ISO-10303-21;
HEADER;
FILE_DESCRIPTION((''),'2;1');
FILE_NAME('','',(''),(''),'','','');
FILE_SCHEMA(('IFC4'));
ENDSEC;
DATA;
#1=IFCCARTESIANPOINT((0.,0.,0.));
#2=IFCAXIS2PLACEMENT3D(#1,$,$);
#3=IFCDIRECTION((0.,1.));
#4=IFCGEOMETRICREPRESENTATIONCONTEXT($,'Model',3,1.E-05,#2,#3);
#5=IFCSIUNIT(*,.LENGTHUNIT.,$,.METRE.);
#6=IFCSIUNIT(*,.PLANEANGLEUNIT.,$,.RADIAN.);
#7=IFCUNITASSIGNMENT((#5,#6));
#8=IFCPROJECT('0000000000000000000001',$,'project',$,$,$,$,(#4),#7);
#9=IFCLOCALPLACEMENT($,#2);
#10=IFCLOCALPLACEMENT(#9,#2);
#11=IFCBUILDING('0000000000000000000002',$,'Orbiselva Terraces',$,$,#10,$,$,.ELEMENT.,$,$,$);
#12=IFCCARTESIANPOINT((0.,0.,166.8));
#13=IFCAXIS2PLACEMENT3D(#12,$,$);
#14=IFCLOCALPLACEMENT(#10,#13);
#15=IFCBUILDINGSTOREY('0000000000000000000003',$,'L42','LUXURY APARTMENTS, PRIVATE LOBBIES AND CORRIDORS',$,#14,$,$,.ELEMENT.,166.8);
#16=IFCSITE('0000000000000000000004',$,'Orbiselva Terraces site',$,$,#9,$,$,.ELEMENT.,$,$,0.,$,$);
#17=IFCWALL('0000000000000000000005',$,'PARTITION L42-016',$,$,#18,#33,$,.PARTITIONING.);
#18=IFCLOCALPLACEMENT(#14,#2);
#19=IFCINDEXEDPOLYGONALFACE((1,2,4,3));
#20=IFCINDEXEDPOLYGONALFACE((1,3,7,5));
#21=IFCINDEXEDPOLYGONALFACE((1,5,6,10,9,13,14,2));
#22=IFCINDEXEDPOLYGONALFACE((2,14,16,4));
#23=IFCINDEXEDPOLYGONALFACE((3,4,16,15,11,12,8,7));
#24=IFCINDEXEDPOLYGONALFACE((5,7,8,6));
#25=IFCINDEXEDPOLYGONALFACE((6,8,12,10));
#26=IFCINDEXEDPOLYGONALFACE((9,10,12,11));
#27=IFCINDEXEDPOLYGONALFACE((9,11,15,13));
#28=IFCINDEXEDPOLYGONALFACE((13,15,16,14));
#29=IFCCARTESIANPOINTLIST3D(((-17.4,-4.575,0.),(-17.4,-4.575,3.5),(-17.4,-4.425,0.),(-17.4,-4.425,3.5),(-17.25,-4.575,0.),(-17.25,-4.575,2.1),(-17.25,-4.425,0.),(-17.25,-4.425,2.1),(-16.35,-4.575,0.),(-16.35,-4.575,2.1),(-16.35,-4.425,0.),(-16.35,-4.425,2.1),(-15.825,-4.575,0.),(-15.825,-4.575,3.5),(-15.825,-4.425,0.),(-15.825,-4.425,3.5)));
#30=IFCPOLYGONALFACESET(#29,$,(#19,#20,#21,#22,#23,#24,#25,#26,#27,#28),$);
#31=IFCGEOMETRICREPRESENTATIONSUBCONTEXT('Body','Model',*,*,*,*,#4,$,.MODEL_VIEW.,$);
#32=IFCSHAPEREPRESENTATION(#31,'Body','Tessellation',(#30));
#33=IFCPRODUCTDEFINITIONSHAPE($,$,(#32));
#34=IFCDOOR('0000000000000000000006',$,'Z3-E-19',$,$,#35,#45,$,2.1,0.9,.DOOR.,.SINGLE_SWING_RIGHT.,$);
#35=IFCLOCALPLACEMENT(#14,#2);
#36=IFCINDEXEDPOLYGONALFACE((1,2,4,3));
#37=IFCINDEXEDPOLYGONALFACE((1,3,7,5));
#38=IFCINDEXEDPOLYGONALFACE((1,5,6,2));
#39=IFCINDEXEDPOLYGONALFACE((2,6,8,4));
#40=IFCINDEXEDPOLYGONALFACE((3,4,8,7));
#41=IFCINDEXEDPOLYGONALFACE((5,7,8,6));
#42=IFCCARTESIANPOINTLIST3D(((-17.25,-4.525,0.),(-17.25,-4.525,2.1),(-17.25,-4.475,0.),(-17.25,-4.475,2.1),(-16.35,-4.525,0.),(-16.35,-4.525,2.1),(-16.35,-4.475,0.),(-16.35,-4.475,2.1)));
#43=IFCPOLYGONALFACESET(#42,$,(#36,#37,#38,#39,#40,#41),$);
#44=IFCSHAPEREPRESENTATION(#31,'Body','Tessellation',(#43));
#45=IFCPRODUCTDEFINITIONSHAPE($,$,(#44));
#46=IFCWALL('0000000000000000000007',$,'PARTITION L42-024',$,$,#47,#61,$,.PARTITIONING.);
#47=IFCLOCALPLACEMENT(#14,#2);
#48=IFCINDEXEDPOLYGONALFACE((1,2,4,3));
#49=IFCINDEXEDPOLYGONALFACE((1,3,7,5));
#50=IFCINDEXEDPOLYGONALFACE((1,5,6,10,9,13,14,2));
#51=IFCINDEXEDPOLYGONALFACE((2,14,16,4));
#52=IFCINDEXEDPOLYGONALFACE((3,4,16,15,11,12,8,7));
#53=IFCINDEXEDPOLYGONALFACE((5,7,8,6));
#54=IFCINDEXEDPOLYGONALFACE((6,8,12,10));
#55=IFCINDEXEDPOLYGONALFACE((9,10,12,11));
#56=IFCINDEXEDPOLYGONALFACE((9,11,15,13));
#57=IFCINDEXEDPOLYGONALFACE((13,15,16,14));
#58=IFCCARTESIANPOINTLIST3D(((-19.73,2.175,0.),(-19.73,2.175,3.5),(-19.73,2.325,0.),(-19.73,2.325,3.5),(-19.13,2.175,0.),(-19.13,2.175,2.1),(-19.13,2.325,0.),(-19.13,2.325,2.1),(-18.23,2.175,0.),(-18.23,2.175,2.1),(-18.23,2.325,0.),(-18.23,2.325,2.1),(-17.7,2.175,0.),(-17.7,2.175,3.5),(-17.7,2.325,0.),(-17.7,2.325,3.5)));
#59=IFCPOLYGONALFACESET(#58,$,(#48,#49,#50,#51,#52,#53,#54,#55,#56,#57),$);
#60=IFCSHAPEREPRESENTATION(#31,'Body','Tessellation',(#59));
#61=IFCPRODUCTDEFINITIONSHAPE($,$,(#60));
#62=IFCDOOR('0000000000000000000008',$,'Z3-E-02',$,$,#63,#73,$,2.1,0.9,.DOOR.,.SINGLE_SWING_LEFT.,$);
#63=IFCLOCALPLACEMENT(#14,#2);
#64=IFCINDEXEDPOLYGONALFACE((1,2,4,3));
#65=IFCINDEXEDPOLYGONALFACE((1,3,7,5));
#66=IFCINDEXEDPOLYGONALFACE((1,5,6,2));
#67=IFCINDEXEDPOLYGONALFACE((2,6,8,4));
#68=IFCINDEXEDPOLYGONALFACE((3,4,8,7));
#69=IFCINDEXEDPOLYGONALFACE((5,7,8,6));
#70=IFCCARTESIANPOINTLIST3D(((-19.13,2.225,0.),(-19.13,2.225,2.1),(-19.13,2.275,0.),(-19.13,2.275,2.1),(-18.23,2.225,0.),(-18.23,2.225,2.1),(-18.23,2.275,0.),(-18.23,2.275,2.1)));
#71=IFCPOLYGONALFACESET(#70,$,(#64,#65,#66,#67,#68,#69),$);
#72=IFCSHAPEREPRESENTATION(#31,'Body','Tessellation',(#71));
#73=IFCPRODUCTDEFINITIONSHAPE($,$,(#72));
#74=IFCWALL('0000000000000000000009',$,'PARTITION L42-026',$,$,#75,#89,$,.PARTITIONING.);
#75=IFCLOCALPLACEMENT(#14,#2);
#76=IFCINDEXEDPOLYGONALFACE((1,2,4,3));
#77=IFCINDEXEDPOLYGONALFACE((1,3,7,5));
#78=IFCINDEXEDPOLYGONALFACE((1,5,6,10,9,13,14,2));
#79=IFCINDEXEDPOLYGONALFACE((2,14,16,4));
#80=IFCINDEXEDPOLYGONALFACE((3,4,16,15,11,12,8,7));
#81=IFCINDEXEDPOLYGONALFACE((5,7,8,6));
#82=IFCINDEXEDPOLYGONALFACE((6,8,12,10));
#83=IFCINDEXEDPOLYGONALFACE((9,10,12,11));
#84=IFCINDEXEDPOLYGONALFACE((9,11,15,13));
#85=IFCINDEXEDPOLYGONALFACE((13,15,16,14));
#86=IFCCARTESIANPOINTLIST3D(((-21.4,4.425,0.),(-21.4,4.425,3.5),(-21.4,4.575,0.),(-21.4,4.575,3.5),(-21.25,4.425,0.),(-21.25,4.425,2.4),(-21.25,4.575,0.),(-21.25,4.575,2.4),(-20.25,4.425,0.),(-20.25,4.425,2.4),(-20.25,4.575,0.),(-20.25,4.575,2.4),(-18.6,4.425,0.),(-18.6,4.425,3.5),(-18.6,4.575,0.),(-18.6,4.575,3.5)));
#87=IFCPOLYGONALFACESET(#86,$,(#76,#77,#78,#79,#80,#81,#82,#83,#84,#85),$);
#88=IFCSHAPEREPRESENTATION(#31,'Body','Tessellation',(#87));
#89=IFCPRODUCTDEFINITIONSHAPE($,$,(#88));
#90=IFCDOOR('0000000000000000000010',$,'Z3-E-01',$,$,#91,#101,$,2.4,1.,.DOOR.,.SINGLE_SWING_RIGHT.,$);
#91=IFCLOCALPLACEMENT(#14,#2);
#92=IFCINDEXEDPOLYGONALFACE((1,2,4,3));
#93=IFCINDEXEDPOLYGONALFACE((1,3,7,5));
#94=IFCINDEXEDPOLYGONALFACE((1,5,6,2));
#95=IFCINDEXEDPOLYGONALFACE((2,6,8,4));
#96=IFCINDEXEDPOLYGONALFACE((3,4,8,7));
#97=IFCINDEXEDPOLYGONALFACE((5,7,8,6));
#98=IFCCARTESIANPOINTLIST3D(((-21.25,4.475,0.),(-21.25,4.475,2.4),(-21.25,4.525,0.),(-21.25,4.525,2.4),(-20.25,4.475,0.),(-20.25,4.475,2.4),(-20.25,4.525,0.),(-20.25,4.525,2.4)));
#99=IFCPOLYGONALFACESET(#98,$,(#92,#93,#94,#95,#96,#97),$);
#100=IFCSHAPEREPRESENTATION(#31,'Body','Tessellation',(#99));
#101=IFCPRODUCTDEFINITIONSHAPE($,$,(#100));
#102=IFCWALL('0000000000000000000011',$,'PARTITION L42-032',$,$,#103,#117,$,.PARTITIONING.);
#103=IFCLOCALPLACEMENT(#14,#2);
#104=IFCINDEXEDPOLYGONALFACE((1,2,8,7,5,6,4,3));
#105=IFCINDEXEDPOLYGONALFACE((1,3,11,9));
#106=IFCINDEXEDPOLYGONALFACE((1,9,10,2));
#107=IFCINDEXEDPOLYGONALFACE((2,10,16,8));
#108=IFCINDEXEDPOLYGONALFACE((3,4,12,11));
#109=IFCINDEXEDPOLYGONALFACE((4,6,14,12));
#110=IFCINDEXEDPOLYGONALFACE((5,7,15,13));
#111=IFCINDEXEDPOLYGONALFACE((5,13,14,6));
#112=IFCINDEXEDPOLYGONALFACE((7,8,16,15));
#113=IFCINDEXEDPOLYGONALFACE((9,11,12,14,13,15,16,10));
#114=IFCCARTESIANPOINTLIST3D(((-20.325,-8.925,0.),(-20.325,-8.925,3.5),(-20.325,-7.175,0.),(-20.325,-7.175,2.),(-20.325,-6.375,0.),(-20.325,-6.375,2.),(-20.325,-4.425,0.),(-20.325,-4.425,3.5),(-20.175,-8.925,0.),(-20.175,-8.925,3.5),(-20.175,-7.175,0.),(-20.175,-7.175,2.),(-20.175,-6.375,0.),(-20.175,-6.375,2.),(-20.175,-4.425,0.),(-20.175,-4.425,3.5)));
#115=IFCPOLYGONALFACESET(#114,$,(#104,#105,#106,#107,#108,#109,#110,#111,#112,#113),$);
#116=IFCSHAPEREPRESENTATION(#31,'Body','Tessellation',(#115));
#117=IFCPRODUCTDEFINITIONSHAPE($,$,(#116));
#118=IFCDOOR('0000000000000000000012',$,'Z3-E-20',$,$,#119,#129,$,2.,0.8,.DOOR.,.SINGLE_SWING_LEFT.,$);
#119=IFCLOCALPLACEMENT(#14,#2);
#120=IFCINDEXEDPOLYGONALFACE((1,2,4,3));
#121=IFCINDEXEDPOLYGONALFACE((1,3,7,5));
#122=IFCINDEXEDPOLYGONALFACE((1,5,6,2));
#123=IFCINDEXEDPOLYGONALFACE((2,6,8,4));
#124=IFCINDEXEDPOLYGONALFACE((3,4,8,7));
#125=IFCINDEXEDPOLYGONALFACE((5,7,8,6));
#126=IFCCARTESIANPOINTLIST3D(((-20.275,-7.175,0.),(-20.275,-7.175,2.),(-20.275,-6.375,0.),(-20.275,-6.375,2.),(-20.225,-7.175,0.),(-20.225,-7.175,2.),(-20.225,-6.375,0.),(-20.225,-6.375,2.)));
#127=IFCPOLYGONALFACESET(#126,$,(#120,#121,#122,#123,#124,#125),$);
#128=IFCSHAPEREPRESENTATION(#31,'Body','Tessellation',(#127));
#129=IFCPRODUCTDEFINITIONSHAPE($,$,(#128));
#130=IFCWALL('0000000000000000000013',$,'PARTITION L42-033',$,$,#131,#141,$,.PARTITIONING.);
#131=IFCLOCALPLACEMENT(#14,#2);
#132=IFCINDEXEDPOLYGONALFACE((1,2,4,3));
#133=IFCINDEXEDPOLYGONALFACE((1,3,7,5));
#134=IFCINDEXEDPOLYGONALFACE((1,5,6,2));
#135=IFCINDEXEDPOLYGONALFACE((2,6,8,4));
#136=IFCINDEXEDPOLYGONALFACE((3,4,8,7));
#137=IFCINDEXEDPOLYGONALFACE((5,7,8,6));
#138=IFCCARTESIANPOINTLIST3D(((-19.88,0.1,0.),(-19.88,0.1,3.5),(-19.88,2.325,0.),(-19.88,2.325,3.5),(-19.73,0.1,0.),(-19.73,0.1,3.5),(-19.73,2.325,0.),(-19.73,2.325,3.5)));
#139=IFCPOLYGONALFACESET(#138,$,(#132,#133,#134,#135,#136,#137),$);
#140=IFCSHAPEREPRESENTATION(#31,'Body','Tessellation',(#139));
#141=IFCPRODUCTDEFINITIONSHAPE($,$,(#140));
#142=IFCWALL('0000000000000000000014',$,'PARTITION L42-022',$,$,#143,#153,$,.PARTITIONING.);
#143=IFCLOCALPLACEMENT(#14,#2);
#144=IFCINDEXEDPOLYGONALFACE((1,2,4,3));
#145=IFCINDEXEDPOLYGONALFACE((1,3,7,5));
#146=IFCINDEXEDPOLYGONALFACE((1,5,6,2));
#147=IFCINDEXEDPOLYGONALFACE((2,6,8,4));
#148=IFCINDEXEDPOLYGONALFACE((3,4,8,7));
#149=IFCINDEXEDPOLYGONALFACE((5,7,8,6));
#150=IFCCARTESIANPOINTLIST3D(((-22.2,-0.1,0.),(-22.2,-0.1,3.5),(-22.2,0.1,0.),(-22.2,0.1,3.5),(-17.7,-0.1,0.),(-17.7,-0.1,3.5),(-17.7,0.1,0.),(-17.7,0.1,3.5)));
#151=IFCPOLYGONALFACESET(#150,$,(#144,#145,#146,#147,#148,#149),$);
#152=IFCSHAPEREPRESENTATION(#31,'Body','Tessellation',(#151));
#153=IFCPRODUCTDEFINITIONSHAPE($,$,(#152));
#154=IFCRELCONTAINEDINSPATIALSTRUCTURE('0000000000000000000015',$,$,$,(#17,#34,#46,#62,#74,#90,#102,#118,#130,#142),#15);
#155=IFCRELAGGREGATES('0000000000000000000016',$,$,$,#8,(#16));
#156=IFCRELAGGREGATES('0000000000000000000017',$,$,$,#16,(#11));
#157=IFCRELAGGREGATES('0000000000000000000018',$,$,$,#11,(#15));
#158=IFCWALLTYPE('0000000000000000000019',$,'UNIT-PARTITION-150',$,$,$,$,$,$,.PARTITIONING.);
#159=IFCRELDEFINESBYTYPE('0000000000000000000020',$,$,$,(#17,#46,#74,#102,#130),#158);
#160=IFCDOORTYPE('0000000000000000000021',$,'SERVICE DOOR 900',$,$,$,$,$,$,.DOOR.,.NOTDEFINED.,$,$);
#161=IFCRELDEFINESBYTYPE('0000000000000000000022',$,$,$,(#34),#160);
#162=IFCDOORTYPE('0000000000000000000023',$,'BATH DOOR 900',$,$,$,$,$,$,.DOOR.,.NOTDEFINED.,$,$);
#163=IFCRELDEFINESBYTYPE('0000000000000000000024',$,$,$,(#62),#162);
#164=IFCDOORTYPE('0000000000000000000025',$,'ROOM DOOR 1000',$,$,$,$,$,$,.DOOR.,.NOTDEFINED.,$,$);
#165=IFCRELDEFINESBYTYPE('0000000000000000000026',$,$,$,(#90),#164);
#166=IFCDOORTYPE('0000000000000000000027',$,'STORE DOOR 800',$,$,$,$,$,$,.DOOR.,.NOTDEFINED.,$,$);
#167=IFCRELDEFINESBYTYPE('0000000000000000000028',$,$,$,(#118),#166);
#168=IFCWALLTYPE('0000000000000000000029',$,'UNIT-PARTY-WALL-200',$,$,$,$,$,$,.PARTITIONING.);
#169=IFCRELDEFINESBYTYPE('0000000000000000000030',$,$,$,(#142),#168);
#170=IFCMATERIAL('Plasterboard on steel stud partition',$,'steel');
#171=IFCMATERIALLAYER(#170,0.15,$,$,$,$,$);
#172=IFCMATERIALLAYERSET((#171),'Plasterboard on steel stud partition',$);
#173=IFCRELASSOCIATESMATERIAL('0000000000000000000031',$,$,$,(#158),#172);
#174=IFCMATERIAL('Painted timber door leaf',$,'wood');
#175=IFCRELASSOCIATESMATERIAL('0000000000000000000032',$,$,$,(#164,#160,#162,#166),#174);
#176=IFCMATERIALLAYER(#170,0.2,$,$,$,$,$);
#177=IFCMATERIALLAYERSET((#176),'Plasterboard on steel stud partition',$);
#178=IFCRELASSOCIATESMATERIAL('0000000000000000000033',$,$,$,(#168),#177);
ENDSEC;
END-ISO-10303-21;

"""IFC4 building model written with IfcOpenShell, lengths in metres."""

from ifc_helpers import new_model, si_unit, direction, frame, frame_2d, origin, place, context, subcontext, project, spatial, rectangle, extrude, material, layer, layer_set, type_object, element, fill, save


model = new_model("IFC4")

# Units and contexts
model_context = context("Model", 3, precision=1e-05, world=origin(), true_north=direction((0.0, 1.0)))
body_context = subcontext(model_context, "Body", "Model", "MODEL_VIEW")
ifc_project = project(units=[si_unit("LENGTHUNIT", "METRE"), si_unit("PLANEANGLEUNIT", "RADIAN")], contexts=[model_context])

# Site, building, storey
site_placement = place(None, origin())
site = spatial("IfcSite", under=ifc_project, at=site_placement, Name="Orbiselva Terraces site", CompositionType="ELEMENT", RefElevation=0.0)
building_placement = place(site_placement, origin())
building = spatial("IfcBuilding", under=site, at=building_placement, Name="Orbiselva Terraces", CompositionType="ELEMENT")
storey_placement = place(building_placement, frame((0.0, 0.0, 166.8)))
storey = spatial("IfcBuildingStorey", under=building, at=storey_placement, Name="L42", Description="LUXURY APARTMENTS, PRIVATE LOBBIES AND CORRIDORS", CompositionType="ELEMENT", Elevation=166.8)

# Shared definitions
ifc_material_1 = material(Name="Plasterboard on steel stud partition", Category="steel")

# Shared definitions
ifc_layer_1 = layer(ifc_material_1, 0.15)
ifc_layer_set_1 = layer_set([ifc_layer_1], Name="Plasterboard on steel stud partition")
wall_type_1 = type_object("IfcWallType", Name="UNIT-PARTITION-150", PredefinedType="PARTITIONING", material=ifc_layer_set_1)
ifc_material_2 = material(Name="Painted timber door leaf", Category="wood")
door_type_1 = type_object("IfcDoorType", Name="ROOM DOOR 1000", OperationType="NOTDEFINED", PredefinedType="DOOR", material=ifc_material_2)

# Walls, openings, doors
wall_1_placement = place(storey_placement, frame((-15.825, -4.5, 0.0), z_axis=(0.0, 0.0, 1.0), x_axis=(-1.0, 0.0, 0.0)))
wall_1 = element("IfcWall", 1, at=wall_1_placement, inside=storey, type_object=wall_type_1, Name="PARTITION L42-016", PredefinedType="PARTITIONING", context=body_context, shape_type="SweptSolid", body=[
    extrude(rectangle(XDim=1.575, YDim=0.15, at=frame_2d((0.7875, 0.0))), origin(), (0.0, 0.0, 1.0), 3.5),
])
opening_1_placement = place(wall_1_placement, frame((0.525, 0.0, 0.0)))
opening_1 = element("IfcOpeningElement", 2, at=opening_1_placement, cuts=wall_1, PredefinedType="OPENING", context=body_context, shape_type="SweptSolid", body=[
    extrude(rectangle(XDim=0.9, YDim=2.1, at=frame_2d((0.45, 1.05))), frame((0.0, 0.085, 0.0), z_axis=(0.0, -1.0, 0.0), x_axis=(1.0, 0.0, 0.0)), (0.0, 0.0, 1.0), 0.17),
])
door_type_2 = type_object("IfcDoorType", Name="SERVICE DOOR 900", OperationType="NOTDEFINED", PredefinedType="DOOR", material=ifc_material_2)
door_1_placement = place(opening_1_placement, origin())
door_1 = element("IfcDoor", 3, at=door_1_placement, inside=storey, type_object=door_type_2, Name="Z3-E-19", OperationType="SINGLE_SWING_RIGHT", OverallHeight=2.1, OverallWidth=0.9, PredefinedType="DOOR", context=body_context, shape_type="SweptSolid", body=[
    extrude(rectangle(XDim=0.9, YDim=2.1, at=frame_2d((0.45, 1.05))), frame((0.0, 0.025, 0.0), z_axis=(0.0, -1.0, 0.0), x_axis=(1.0, 0.0, 0.0)), (0.0, 0.0, 1.0), 0.05),
])
fill(opening_1, door_1)
wall_2_placement = place(storey_placement, frame((-17.7, 2.25, 0.0), z_axis=(0.0, 0.0, 1.0), x_axis=(-1.0, 0.0, 0.0)))
wall_2 = element("IfcWall", 4, at=wall_2_placement, inside=storey, type_object=wall_type_1, Name="PARTITION L42-024", PredefinedType="PARTITIONING", context=body_context, shape_type="SweptSolid", body=[
    extrude(rectangle(XDim=2.03, YDim=0.15, at=frame_2d((1.015, 0.0))), origin(), (0.0, 0.0, 1.0), 3.5),
])
opening_2_placement = place(wall_2_placement, frame((0.53, 0.0, 0.0)))
opening_2 = element("IfcOpeningElement", 5, at=opening_2_placement, cuts=wall_2, PredefinedType="OPENING", context=body_context, shape_type="SweptSolid", body=[
    extrude(rectangle(XDim=0.9, YDim=2.1, at=frame_2d((0.45, 1.05))), frame((0.0, 0.085, 0.0), z_axis=(0.0, -1.0, 0.0), x_axis=(1.0, 0.0, 0.0)), (0.0, 0.0, 1.0), 0.17),
])
door_type_3 = type_object("IfcDoorType", Name="BATH DOOR 900", OperationType="NOTDEFINED", PredefinedType="DOOR", material=ifc_material_2)
door_2_placement = place(opening_2_placement, origin())
door_2 = element("IfcDoor", 6, at=door_2_placement, inside=storey, type_object=door_type_3, Name="Z3-E-02", OperationType="SINGLE_SWING_LEFT", OverallHeight=2.1, OverallWidth=0.9, PredefinedType="DOOR", context=body_context, shape_type="SweptSolid", body=[
    extrude(rectangle(XDim=0.9, YDim=2.1, at=frame_2d((0.45, 1.05))), frame((0.0, 0.025, 0.0), z_axis=(0.0, -1.0, 0.0), x_axis=(1.0, 0.0, 0.0)), (0.0, 0.0, 1.0), 0.05),
])
fill(opening_2, door_2)
wall_3_placement = place(storey_placement, frame((-18.6, 4.5, 0.0), z_axis=(0.0, 0.0, 1.0), x_axis=(-1.0, 0.0, 0.0)))
wall_3 = element("IfcWall", 7, at=wall_3_placement, inside=storey, type_object=wall_type_1, Name="PARTITION L42-026", PredefinedType="PARTITIONING", context=body_context, shape_type="SweptSolid", body=[
    extrude(rectangle(XDim=2.8, YDim=0.15, at=frame_2d((1.4, 0.0))), origin(), (0.0, 0.0, 1.0), 3.5),
])
opening_3_placement = place(wall_3_placement, frame((1.65, 0.0, 0.0)))
opening_3 = element("IfcOpeningElement", 8, at=opening_3_placement, cuts=wall_3, PredefinedType="OPENING", context=body_context, shape_type="SweptSolid", body=[
    extrude(rectangle(XDim=1.0, YDim=2.4, at=frame_2d((0.5, 1.2))), frame((0.0, 0.085, 0.0), z_axis=(0.0, -1.0, 0.0), x_axis=(1.0, 0.0, 0.0)), (0.0, 0.0, 1.0), 0.17),
])
door_3_placement = place(opening_3_placement, origin())
door_3 = element("IfcDoor", 9, at=door_3_placement, inside=storey, type_object=door_type_1, Name="Z3-E-01", OperationType="SINGLE_SWING_RIGHT", OverallHeight=2.4, OverallWidth=1.0, PredefinedType="DOOR", context=body_context, shape_type="SweptSolid", body=[
    extrude(rectangle(XDim=1.0, YDim=2.4, at=frame_2d((0.5, 1.2))), frame((0.0, 0.025, 0.0), z_axis=(0.0, -1.0, 0.0), x_axis=(1.0, 0.0, 0.0)), (0.0, 0.0, 1.0), 0.05),
])
fill(opening_3, door_3)
wall_4_placement = place(storey_placement, frame((-20.25, -8.925, 0.0), z_axis=(0.0, 0.0, 1.0), x_axis=(0.0, 1.0, 0.0)))
wall_4 = element("IfcWall", 10, at=wall_4_placement, inside=storey, type_object=wall_type_1, Name="PARTITION L42-032", PredefinedType="PARTITIONING", context=body_context, shape_type="SweptSolid", body=[
    extrude(rectangle(XDim=4.5, YDim=0.15, at=frame_2d((2.25, 0.0))), origin(), (0.0, 0.0, 1.0), 3.5),
])
opening_4_placement = place(wall_4_placement, frame((1.75, 0.0, 0.0)))
opening_4 = element("IfcOpeningElement", 11, at=opening_4_placement, cuts=wall_4, PredefinedType="OPENING", context=body_context, shape_type="SweptSolid", body=[
    extrude(rectangle(XDim=0.8, YDim=2.0, at=frame_2d((0.4, 1.0))), frame((0.0, 0.085, 0.0), z_axis=(0.0, -1.0, 0.0), x_axis=(1.0, 0.0, 0.0)), (0.0, 0.0, 1.0), 0.17),
])
door_type_4 = type_object("IfcDoorType", Name="STORE DOOR 800", OperationType="NOTDEFINED", PredefinedType="DOOR", material=ifc_material_2)
door_4_placement = place(opening_4_placement, origin())
door_4 = element("IfcDoor", 12, at=door_4_placement, inside=storey, type_object=door_type_4, Name="Z3-E-20", OperationType="SINGLE_SWING_LEFT", OverallHeight=2.0, OverallWidth=0.8, PredefinedType="DOOR", context=body_context, shape_type="SweptSolid", body=[
    extrude(rectangle(XDim=0.8, YDim=2.0, at=frame_2d((0.4, 1.0))), frame((0.0, 0.025, 0.0), z_axis=(0.0, -1.0, 0.0), x_axis=(1.0, 0.0, 0.0)), (0.0, 0.0, 1.0), 0.05),
])
fill(opening_4, door_4)

# Walls
wall_5_placement = place(storey_placement, frame((-19.805, 0.1, 0.0), z_axis=(0.0, 0.0, 1.0), x_axis=(0.0, 1.0, 0.0)))
element("IfcWall", 13, at=wall_5_placement, inside=storey, type_object=wall_type_1, Name="PARTITION L42-033", PredefinedType="PARTITIONING", context=body_context, shape_type="SweptSolid", body=[
    extrude(rectangle(XDim=2.225, YDim=0.15, at=frame_2d((1.1125, 0.0))), origin(), (0.0, 0.0, 1.0), 3.5),
])
ifc_layer_2 = layer(ifc_material_1, 0.2)
ifc_layer_set_2 = layer_set([ifc_layer_2], Name="Plasterboard on steel stud partition")
wall_type_2 = type_object("IfcWallType", Name="UNIT-PARTY-WALL-200", PredefinedType="PARTITIONING", material=ifc_layer_set_2)
wall_6_placement = place(storey_placement, frame((-22.2, 0.0, 0.0), z_axis=(0.0, 0.0, 1.0), x_axis=(1.0, 0.0, 0.0)))
element("IfcWall", 14, at=wall_6_placement, inside=storey, type_object=wall_type_2, Name="PARTITION L42-022", PredefinedType="PARTITIONING", context=body_context, shape_type="SweptSolid", body=[
    extrude(rectangle(XDim=4.5, YDim=0.2, at=frame_2d((2.25, 0.0))), origin(), (0.0, 0.0, 1.0), 3.5),
])

save(model, "model.ifc")
